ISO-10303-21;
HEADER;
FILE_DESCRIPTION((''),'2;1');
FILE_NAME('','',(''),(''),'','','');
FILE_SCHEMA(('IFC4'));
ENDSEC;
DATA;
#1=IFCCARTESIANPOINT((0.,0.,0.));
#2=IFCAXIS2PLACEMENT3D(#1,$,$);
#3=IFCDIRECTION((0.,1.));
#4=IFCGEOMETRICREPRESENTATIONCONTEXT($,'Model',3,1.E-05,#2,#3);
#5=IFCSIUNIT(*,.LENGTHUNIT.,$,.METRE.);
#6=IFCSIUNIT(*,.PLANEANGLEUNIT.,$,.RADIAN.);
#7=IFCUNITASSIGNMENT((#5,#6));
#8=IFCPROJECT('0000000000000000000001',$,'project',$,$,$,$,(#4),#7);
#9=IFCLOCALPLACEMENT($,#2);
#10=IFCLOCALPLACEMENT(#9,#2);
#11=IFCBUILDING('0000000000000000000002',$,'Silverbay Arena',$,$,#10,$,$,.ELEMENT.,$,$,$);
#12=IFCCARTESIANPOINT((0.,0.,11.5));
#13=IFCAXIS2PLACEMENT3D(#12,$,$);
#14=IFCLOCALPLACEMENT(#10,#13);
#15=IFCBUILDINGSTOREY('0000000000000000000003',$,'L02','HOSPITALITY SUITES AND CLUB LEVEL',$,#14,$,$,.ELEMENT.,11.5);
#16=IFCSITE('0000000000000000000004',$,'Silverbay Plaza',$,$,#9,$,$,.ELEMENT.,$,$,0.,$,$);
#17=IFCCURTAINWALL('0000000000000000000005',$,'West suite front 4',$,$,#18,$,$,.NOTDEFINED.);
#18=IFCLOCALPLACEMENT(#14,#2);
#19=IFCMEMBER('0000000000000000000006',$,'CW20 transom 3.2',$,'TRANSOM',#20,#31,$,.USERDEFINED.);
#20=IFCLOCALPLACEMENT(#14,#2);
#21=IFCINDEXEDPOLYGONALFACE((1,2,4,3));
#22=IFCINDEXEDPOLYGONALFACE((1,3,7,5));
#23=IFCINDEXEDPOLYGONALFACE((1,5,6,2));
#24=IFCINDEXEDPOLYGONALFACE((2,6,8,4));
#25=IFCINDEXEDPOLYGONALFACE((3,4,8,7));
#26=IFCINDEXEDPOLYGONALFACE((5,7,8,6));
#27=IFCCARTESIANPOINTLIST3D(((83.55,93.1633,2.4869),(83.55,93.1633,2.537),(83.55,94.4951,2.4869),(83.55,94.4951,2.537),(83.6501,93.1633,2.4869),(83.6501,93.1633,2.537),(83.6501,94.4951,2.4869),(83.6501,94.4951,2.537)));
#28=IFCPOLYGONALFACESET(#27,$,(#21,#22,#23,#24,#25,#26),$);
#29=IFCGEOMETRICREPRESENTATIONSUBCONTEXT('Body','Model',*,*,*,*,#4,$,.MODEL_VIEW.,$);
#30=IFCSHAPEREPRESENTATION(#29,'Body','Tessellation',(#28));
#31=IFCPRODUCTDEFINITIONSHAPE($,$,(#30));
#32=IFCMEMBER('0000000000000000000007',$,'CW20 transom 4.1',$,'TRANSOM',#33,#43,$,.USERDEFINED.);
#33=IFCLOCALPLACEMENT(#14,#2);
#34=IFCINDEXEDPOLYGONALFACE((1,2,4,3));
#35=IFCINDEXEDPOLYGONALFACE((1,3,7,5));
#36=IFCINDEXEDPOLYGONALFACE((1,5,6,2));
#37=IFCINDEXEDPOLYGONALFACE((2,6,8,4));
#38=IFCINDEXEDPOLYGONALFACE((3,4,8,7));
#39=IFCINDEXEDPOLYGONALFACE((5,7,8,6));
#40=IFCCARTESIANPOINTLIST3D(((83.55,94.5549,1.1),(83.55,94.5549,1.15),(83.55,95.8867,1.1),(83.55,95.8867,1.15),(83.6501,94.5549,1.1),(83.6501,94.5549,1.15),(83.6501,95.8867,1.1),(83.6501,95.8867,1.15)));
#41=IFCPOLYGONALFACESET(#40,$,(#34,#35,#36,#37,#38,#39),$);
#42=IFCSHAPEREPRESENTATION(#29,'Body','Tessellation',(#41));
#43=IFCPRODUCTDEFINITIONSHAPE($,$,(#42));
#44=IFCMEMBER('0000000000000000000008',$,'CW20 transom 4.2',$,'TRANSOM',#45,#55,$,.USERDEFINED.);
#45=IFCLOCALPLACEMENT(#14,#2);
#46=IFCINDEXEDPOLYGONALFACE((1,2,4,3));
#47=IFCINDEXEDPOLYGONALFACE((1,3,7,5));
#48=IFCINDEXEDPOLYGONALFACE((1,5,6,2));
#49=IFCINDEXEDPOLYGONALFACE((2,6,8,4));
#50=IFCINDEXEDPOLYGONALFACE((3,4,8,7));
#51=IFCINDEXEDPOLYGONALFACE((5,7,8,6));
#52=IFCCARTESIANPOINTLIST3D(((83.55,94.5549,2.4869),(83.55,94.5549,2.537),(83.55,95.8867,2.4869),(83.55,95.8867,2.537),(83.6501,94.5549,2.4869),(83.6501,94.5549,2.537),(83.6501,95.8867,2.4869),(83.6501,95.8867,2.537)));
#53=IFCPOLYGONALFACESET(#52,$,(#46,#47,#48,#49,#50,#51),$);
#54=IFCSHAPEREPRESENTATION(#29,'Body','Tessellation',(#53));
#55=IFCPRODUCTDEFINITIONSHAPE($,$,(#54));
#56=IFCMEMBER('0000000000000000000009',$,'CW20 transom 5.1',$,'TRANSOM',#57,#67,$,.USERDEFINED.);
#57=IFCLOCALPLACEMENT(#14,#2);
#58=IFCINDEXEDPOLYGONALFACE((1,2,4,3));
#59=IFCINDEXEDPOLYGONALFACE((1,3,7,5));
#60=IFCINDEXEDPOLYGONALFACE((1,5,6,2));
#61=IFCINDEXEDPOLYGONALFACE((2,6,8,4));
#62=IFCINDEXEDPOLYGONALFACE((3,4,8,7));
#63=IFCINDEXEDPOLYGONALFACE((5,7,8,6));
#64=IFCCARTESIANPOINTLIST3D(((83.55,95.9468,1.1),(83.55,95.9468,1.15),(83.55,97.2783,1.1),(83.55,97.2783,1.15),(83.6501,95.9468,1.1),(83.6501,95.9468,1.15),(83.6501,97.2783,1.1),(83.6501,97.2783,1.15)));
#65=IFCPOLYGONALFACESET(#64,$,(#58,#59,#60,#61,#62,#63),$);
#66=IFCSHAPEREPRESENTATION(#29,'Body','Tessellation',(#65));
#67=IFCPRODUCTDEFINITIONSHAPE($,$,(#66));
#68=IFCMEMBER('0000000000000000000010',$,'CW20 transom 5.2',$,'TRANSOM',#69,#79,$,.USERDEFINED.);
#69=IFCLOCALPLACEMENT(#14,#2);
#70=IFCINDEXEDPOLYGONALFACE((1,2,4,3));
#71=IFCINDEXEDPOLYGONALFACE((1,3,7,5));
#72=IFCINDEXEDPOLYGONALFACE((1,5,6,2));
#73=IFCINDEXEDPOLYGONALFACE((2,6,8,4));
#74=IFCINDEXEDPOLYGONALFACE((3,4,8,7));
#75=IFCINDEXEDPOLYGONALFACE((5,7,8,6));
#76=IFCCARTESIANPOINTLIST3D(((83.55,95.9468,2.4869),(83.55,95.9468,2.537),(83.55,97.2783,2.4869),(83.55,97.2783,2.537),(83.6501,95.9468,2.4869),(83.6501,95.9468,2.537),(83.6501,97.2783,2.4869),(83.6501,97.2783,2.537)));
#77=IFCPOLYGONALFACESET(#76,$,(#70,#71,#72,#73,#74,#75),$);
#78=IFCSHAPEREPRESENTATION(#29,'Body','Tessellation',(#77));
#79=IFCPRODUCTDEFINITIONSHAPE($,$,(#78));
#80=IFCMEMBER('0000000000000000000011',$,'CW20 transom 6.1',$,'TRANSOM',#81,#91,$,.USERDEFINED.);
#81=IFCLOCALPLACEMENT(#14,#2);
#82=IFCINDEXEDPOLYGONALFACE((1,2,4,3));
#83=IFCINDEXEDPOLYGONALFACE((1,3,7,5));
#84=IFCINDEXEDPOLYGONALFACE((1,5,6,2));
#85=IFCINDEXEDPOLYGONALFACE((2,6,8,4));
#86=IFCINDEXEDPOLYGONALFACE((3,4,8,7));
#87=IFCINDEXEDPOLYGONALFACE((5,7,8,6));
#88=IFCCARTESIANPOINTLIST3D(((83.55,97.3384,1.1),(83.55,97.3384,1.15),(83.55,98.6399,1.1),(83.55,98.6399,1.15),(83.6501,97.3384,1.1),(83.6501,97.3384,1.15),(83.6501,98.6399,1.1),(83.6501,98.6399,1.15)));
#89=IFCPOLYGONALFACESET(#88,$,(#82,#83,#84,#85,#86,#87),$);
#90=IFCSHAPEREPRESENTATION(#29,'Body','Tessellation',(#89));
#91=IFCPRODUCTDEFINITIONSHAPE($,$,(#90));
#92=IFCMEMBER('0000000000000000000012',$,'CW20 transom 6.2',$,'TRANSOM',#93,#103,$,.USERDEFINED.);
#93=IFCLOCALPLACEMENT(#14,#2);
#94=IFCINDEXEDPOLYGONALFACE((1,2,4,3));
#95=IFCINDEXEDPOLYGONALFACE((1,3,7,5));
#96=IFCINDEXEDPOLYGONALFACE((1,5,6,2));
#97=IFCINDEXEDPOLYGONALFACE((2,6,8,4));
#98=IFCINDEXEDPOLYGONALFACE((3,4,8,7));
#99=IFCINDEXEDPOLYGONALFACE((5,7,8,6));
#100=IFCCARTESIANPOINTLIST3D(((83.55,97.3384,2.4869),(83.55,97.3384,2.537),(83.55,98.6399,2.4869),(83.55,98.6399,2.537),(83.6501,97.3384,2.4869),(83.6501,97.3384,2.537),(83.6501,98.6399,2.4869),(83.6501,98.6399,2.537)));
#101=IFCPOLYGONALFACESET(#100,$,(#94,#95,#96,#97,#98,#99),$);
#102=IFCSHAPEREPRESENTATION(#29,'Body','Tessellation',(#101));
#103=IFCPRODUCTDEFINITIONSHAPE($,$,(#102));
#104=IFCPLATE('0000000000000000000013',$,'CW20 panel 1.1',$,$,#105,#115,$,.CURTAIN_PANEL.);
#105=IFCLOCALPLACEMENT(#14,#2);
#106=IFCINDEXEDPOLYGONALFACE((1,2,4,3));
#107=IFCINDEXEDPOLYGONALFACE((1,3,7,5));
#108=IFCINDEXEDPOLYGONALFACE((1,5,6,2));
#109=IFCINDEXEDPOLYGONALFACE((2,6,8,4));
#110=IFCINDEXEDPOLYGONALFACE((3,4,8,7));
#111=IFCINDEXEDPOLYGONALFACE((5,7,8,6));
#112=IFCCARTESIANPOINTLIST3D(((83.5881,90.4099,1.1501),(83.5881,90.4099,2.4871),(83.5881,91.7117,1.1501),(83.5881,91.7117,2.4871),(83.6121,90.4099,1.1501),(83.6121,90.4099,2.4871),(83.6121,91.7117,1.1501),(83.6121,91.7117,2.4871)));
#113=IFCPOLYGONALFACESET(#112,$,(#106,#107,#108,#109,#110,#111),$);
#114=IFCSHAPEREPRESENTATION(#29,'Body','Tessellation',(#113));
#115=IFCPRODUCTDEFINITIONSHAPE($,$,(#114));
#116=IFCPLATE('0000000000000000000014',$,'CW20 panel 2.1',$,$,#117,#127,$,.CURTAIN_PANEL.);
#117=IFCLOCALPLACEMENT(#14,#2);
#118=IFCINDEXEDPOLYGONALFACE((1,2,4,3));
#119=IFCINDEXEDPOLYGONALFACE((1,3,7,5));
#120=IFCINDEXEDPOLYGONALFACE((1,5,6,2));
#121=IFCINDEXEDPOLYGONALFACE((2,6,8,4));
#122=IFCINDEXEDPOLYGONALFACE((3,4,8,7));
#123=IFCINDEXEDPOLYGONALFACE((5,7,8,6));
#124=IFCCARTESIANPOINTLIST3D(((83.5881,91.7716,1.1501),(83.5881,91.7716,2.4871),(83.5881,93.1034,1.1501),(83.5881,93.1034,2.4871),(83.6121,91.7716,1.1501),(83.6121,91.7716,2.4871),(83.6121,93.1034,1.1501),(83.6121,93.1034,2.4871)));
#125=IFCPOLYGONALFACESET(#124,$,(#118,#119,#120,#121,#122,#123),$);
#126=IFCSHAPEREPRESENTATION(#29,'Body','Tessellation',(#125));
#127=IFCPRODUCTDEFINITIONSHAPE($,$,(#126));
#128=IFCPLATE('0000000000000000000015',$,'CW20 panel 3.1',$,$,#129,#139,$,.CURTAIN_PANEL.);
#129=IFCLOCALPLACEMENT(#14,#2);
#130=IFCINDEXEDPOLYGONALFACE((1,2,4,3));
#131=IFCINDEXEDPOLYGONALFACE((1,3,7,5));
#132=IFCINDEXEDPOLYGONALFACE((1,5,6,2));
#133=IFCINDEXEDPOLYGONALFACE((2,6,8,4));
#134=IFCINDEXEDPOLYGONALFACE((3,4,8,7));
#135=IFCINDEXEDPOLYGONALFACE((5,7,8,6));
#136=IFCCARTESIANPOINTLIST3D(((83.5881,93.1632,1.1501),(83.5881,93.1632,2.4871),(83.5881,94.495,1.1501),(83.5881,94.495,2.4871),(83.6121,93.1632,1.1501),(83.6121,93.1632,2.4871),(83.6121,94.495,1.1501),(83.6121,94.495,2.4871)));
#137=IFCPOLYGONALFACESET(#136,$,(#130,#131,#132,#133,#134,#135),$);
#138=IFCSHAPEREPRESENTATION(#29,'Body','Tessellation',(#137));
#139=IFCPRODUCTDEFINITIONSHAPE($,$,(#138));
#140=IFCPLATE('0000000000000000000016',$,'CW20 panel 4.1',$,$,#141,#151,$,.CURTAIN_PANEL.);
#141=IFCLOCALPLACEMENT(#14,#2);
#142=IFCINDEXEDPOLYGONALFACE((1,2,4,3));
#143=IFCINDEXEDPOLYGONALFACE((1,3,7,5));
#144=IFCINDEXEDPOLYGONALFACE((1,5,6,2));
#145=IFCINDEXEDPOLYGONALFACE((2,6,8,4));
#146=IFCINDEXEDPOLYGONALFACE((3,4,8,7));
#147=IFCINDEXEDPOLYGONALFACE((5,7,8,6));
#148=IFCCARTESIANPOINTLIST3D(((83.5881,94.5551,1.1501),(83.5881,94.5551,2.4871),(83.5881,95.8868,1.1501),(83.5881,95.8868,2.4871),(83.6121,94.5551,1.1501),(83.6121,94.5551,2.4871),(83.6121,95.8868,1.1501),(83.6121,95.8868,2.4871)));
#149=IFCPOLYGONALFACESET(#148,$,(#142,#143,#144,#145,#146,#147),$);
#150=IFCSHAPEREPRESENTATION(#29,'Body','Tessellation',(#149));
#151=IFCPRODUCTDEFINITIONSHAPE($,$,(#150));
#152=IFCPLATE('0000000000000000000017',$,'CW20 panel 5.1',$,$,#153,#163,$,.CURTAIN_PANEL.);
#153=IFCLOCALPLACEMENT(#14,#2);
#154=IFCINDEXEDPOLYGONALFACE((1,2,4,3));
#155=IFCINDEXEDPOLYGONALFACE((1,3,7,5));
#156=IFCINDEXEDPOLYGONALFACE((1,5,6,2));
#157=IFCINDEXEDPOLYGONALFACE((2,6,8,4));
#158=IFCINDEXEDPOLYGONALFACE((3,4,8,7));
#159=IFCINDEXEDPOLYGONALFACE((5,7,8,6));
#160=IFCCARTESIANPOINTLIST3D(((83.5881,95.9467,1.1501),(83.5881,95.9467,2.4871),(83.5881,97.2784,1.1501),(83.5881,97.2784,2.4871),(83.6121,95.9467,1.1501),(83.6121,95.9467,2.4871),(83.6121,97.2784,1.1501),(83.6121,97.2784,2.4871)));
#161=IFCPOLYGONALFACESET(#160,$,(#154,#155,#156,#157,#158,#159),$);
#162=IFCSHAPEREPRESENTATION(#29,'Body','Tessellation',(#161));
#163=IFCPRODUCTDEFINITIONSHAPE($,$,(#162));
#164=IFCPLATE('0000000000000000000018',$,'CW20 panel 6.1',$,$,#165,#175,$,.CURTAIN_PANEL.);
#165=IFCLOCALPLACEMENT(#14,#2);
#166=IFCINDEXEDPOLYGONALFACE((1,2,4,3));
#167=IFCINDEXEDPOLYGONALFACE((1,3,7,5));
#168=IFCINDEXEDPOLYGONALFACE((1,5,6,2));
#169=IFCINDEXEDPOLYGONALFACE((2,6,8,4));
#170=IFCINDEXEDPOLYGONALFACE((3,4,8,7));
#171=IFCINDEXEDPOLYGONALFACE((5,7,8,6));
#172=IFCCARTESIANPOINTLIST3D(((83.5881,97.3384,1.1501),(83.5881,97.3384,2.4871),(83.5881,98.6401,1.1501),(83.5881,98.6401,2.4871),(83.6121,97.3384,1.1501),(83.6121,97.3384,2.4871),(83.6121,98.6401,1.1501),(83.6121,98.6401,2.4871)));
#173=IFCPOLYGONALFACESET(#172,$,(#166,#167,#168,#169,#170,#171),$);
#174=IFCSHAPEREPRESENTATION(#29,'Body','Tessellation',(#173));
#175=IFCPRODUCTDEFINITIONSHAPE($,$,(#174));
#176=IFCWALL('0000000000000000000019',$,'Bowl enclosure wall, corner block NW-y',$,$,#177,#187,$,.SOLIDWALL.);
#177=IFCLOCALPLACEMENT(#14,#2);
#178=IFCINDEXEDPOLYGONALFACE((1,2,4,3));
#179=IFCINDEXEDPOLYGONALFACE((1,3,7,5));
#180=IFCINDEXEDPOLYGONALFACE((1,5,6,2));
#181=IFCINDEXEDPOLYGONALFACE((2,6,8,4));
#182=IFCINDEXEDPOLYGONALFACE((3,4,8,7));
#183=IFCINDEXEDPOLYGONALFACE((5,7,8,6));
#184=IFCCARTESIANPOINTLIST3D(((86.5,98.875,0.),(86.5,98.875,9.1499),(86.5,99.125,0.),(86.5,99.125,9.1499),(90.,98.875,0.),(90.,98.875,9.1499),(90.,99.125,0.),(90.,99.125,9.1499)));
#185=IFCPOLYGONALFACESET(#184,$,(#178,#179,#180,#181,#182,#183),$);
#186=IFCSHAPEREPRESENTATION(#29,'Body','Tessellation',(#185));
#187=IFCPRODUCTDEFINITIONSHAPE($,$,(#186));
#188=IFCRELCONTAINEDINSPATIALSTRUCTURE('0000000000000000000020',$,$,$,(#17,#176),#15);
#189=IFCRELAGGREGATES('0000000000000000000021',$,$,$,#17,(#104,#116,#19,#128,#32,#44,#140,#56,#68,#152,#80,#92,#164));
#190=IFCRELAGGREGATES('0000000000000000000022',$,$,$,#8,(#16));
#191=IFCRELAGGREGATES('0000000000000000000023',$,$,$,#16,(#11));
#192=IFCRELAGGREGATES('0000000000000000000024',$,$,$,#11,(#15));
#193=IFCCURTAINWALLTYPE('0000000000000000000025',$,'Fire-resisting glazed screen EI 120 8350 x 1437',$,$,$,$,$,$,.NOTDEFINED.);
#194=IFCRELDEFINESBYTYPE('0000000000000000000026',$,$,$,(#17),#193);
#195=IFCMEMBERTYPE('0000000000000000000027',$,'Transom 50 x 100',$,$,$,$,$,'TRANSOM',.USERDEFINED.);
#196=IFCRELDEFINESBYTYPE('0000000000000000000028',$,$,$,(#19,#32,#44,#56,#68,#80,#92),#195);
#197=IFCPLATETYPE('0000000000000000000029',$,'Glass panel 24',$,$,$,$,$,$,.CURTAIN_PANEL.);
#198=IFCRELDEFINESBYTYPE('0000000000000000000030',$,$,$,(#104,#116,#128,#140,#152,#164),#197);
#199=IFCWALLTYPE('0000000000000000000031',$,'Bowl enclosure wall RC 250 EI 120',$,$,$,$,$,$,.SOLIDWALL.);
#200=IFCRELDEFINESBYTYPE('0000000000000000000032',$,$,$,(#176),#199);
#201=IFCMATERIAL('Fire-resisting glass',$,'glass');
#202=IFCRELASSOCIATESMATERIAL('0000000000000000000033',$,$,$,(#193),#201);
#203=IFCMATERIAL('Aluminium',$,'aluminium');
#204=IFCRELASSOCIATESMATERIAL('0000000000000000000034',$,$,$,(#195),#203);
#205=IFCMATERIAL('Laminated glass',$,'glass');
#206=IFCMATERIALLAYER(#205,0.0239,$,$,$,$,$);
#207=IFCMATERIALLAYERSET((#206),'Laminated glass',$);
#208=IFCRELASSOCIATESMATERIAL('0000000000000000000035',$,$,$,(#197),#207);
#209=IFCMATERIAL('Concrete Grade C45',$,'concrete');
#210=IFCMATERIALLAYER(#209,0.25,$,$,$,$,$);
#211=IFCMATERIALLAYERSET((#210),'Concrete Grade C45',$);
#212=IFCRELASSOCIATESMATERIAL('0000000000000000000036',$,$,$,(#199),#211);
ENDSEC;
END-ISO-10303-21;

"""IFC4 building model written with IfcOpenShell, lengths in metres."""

from ifc_helpers import new_model, si_unit, direction, frame, frame_2d, origin, origin_2d, place, context, subcontext, project, spatial, rectangle, extrude, material, layer, layer_set, material_profile, profile_set, type_object, element, aggregate, save


model = new_model("IFC4")

# Units and contexts
model_context = context("Model", 3, precision=1e-05, world=origin(), true_north=direction((0.0, 1.0)))
body_context = subcontext(model_context, "Body", "Model", "MODEL_VIEW")
ifc_project = project(units=[si_unit("LENGTHUNIT", "METRE"), si_unit("PLANEANGLEUNIT", "RADIAN")], contexts=[model_context])

# Site, building, storey
site_placement = place(None, origin())
site = spatial("IfcSite", under=ifc_project, at=site_placement, Name="Silverbay Plaza", CompositionType="ELEMENT", RefElevation=0.0)
building_placement = place(site_placement, origin())
building = spatial("IfcBuilding", under=site, at=building_placement, Name="Silverbay Arena", CompositionType="ELEMENT")
storey_placement = place(building_placement, frame((0.0, 0.0, 11.5)))
storey = spatial("IfcBuildingStorey", under=building, at=storey_placement, Name="L02", Description="HOSPITALITY SUITES AND CLUB LEVEL", CompositionType="ELEMENT", Elevation=11.5)

# Curtain wall
ifc_material_1 = material(Name="Fire-resisting glass", Category="glass")
curtain_wall_type = type_object("IfcCurtainWallType", Name="Fire-resisting glazed screen EI 120 8350 x 1437", PredefinedType="NOTDEFINED", material=ifc_material_1)
curtain_wall_placement = place(storey_placement, origin())
curtain_wall = element("IfcCurtainWall", 1, at=curtain_wall_placement, inside=storey, type_object=curtain_wall_type, Name="West suite front 4", PredefinedType="NOTDEFINED")

# Members
ifc_material_2 = material(Name="Aluminium", Category="aluminium")
ifc_material_profile_1 = material_profile(ifc_material_2, rectangle(XDim=0.1001, YDim=0.05, at=origin_2d()), Name="Transom 50 x 100")
ifc_profile_set_1 = profile_set([ifc_material_profile_1], Name="Aluminium")
member_type_1 = type_object("IfcMemberType", Name="Transom 50 x 100", ElementType="TRANSOM", PredefinedType="USERDEFINED", material=ifc_profile_set_1)
member_1_placement = place(storey_placement, frame((83.6001, 93.1633, 2.512), z_axis=(0.0, 1.0, 0.0), x_axis=(-1.0, 0.0, 0.0)))
member_1 = element("IfcMember", 2, at=member_1_placement, type_object=member_type_1, Name="CW20 transom 3.2", ObjectType="TRANSOM", PredefinedType="USERDEFINED", context=body_context, shape_type="SweptSolid", body=[
    extrude(rectangle(XDim=0.1001, YDim=0.05, at=origin_2d()), origin(), (0.0, 0.0, 1.0), 1.3318),
])
member_2_placement = place(storey_placement, frame((83.6001, 94.5549, 1.125), z_axis=(0.0, 1.0, 0.0), x_axis=(-1.0, 0.0, 0.0)))
member_2 = element("IfcMember", 3, at=member_2_placement, type_object=member_type_1, Name="CW20 transom 4.1", ObjectType="TRANSOM", PredefinedType="USERDEFINED", context=body_context, shape_type="SweptSolid", body=[
    extrude(rectangle(XDim=0.1001, YDim=0.05, at=origin_2d()), origin(), (0.0, 0.0, 1.0), 1.3318),
])
member_3_placement = place(storey_placement, frame((83.6001, 94.5549, 2.512), z_axis=(0.0, 1.0, 0.0), x_axis=(-1.0, 0.0, 0.0)))
member_3 = element("IfcMember", 4, at=member_3_placement, type_object=member_type_1, Name="CW20 transom 4.2", ObjectType="TRANSOM", PredefinedType="USERDEFINED", context=body_context, shape_type="SweptSolid", body=[
    extrude(rectangle(XDim=0.1001, YDim=0.05, at=origin_2d()), origin(), (0.0, 0.0, 1.0), 1.3318),
])
member_4_placement = place(storey_placement, frame((83.6001, 95.9468, 1.125), z_axis=(0.0, 1.0, 0.0), x_axis=(-1.0, 0.0, 0.0)))
member_4 = element("IfcMember", 5, at=member_4_placement, type_object=member_type_1, Name="CW20 transom 5.1", ObjectType="TRANSOM", PredefinedType="USERDEFINED", context=body_context, shape_type="SweptSolid", body=[
    extrude(rectangle(XDim=0.1001, YDim=0.05, at=origin_2d()), origin(), (0.0, 0.0, 1.0), 1.3315),
])
member_5_placement = place(storey_placement, frame((83.6001, 95.9468, 2.512), z_axis=(0.0, 1.0, 0.0), x_axis=(-1.0, 0.0, 0.0)))
member_5 = element("IfcMember", 6, at=member_5_placement, type_object=member_type_1, Name="CW20 transom 5.2", ObjectType="TRANSOM", PredefinedType="USERDEFINED", context=body_context, shape_type="SweptSolid", body=[
    extrude(rectangle(XDim=0.1001, YDim=0.05, at=origin_2d()), origin(), (0.0, 0.0, 1.0), 1.3315),
])
member_6_placement = place(storey_placement, frame((83.6001, 97.3384, 1.125), z_axis=(0.0, 1.0, 0.0), x_axis=(-1.0, 0.0, 0.0)))
member_6 = element("IfcMember", 7, at=member_6_placement, type_object=member_type_1, Name="CW20 transom 6.1", ObjectType="TRANSOM", PredefinedType="USERDEFINED", context=body_context, shape_type="SweptSolid", body=[
    extrude(rectangle(XDim=0.1001, YDim=0.05, at=origin_2d()), origin(), (0.0, 0.0, 1.0), 1.3015),
])
member_7_placement = place(storey_placement, frame((83.6001, 97.3384, 2.512), z_axis=(0.0, 1.0, 0.0), x_axis=(-1.0, 0.0, 0.0)))
member_7 = element("IfcMember", 8, at=member_7_placement, type_object=member_type_1, Name="CW20 transom 6.2", ObjectType="TRANSOM", PredefinedType="USERDEFINED", context=body_context, shape_type="SweptSolid", body=[
    extrude(rectangle(XDim=0.1001, YDim=0.05, at=origin_2d()), origin(), (0.0, 0.0, 1.0), 1.3015),
])

# Plates
ifc_material_3 = material(Name="Laminated glass", Category="glass")
ifc_layer_1 = layer(ifc_material_3, 0.0239)
ifc_layer_set_1 = layer_set([ifc_layer_1], Name="Laminated glass")
plate_type = type_object("IfcPlateType", Name="Glass panel 24", PredefinedType="CURTAIN_PANEL", material=ifc_layer_set_1)
plate_1_placement = place(storey_placement, frame((83.6001, 91.0608, 1.1501), z_axis=(0.0, 0.0, 1.0), x_axis=(0.0, 1.0, 0.0)))
plate_1 = element("IfcPlate", 9, at=plate_1_placement, type_object=plate_type, Name="CW20 panel 1.1", PredefinedType="CURTAIN_PANEL", context=body_context, shape_type="SweptSolid", body=[
    extrude(rectangle(XDim=1.3018, YDim=0.0239, at=origin_2d()), origin(), (0.0, 0.0, 1.0), 1.3369),
])
plate_2_placement = place(storey_placement, frame((83.6001, 92.4375, 1.1501), z_axis=(0.0, 0.0, 1.0), x_axis=(0.0, 1.0, 0.0)))
plate_2 = element("IfcPlate", 10, at=plate_2_placement, type_object=plate_type, Name="CW20 panel 2.1", PredefinedType="CURTAIN_PANEL", context=body_context, shape_type="SweptSolid", body=[
    extrude(rectangle(XDim=1.3318, YDim=0.0239, at=origin_2d()), origin(), (0.0, 0.0, 1.0), 1.3369),
])
plate_3_placement = place(storey_placement, frame((83.6001, 93.8291, 1.1501), z_axis=(0.0, 0.0, 1.0), x_axis=(0.0, 1.0, 0.0)))
plate_3 = element("IfcPlate", 11, at=plate_3_placement, type_object=plate_type, Name="CW20 panel 3.1", PredefinedType="CURTAIN_PANEL", context=body_context, shape_type="SweptSolid", body=[
    extrude(rectangle(XDim=1.3318, YDim=0.0239, at=origin_2d()), origin(), (0.0, 0.0, 1.0), 1.3369),
])
plate_4_placement = place(storey_placement, frame((83.6001, 95.2209, 1.1501), z_axis=(0.0, 0.0, 1.0), x_axis=(0.0, 1.0, 0.0)))
plate_4 = element("IfcPlate", 12, at=plate_4_placement, type_object=plate_type, Name="CW20 panel 4.1", PredefinedType="CURTAIN_PANEL", context=body_context, shape_type="SweptSolid", body=[
    extrude(rectangle(XDim=1.3318, YDim=0.0239, at=origin_2d()), origin(), (0.0, 0.0, 1.0), 1.3369),
])
plate_5_placement = place(storey_placement, frame((83.6001, 96.6125, 1.1501), z_axis=(0.0, 0.0, 1.0), x_axis=(0.0, 1.0, 0.0)))
plate_5 = element("IfcPlate", 13, at=plate_5_placement, type_object=plate_type, Name="CW20 panel 5.1", PredefinedType="CURTAIN_PANEL", context=body_context, shape_type="SweptSolid", body=[
    extrude(rectangle(XDim=1.3318, YDim=0.0239, at=origin_2d()), origin(), (0.0, 0.0, 1.0), 1.3369),
])
plate_6_placement = place(storey_placement, frame((83.6001, 97.9893, 1.1501), z_axis=(0.0, 0.0, 1.0), x_axis=(0.0, 1.0, 0.0)))
plate_6 = element("IfcPlate", 14, at=plate_6_placement, type_object=plate_type, Name="CW20 panel 6.1", PredefinedType="CURTAIN_PANEL", context=body_context, shape_type="SweptSolid", body=[
    extrude(rectangle(XDim=1.3018, YDim=0.0239, at=origin_2d()), origin(), (0.0, 0.0, 1.0), 1.3369),
])
aggregate(curtain_wall, [plate_1, plate_2, member_1, plate_3, member_2, member_3, plate_4, member_4, member_5, plate_5, member_6, member_7, plate_6])

# Wall
ifc_material_4 = material(Name="Concrete Grade C45", Category="concrete")
ifc_layer_2 = layer(ifc_material_4, 0.25)
ifc_layer_set_2 = layer_set([ifc_layer_2], Name="Concrete Grade C45")
wall_type_1 = type_object("IfcWallType", Name="Bowl enclosure wall RC 250 EI 120", PredefinedType="SOLIDWALL", material=ifc_layer_set_2)
wall_1_placement = place(storey_placement, frame((86.5, 99.0, 0.0), z_axis=(0.0, 0.0, 1.0), x_axis=(1.0, 0.0, 0.0)))
element("IfcWall", 15, at=wall_1_placement, inside=storey, type_object=wall_type_1, Name="Bowl enclosure wall, corner block NW-y", PredefinedType="SOLIDWALL", context=body_context, shape_type="SweptSolid", body=[
    extrude(rectangle(XDim=3.5, YDim=0.25, at=frame_2d((1.75, 0.0))), origin(), (0.0, 0.0, 1.0), 9.1499),
])

save(model, "model.ifc")
